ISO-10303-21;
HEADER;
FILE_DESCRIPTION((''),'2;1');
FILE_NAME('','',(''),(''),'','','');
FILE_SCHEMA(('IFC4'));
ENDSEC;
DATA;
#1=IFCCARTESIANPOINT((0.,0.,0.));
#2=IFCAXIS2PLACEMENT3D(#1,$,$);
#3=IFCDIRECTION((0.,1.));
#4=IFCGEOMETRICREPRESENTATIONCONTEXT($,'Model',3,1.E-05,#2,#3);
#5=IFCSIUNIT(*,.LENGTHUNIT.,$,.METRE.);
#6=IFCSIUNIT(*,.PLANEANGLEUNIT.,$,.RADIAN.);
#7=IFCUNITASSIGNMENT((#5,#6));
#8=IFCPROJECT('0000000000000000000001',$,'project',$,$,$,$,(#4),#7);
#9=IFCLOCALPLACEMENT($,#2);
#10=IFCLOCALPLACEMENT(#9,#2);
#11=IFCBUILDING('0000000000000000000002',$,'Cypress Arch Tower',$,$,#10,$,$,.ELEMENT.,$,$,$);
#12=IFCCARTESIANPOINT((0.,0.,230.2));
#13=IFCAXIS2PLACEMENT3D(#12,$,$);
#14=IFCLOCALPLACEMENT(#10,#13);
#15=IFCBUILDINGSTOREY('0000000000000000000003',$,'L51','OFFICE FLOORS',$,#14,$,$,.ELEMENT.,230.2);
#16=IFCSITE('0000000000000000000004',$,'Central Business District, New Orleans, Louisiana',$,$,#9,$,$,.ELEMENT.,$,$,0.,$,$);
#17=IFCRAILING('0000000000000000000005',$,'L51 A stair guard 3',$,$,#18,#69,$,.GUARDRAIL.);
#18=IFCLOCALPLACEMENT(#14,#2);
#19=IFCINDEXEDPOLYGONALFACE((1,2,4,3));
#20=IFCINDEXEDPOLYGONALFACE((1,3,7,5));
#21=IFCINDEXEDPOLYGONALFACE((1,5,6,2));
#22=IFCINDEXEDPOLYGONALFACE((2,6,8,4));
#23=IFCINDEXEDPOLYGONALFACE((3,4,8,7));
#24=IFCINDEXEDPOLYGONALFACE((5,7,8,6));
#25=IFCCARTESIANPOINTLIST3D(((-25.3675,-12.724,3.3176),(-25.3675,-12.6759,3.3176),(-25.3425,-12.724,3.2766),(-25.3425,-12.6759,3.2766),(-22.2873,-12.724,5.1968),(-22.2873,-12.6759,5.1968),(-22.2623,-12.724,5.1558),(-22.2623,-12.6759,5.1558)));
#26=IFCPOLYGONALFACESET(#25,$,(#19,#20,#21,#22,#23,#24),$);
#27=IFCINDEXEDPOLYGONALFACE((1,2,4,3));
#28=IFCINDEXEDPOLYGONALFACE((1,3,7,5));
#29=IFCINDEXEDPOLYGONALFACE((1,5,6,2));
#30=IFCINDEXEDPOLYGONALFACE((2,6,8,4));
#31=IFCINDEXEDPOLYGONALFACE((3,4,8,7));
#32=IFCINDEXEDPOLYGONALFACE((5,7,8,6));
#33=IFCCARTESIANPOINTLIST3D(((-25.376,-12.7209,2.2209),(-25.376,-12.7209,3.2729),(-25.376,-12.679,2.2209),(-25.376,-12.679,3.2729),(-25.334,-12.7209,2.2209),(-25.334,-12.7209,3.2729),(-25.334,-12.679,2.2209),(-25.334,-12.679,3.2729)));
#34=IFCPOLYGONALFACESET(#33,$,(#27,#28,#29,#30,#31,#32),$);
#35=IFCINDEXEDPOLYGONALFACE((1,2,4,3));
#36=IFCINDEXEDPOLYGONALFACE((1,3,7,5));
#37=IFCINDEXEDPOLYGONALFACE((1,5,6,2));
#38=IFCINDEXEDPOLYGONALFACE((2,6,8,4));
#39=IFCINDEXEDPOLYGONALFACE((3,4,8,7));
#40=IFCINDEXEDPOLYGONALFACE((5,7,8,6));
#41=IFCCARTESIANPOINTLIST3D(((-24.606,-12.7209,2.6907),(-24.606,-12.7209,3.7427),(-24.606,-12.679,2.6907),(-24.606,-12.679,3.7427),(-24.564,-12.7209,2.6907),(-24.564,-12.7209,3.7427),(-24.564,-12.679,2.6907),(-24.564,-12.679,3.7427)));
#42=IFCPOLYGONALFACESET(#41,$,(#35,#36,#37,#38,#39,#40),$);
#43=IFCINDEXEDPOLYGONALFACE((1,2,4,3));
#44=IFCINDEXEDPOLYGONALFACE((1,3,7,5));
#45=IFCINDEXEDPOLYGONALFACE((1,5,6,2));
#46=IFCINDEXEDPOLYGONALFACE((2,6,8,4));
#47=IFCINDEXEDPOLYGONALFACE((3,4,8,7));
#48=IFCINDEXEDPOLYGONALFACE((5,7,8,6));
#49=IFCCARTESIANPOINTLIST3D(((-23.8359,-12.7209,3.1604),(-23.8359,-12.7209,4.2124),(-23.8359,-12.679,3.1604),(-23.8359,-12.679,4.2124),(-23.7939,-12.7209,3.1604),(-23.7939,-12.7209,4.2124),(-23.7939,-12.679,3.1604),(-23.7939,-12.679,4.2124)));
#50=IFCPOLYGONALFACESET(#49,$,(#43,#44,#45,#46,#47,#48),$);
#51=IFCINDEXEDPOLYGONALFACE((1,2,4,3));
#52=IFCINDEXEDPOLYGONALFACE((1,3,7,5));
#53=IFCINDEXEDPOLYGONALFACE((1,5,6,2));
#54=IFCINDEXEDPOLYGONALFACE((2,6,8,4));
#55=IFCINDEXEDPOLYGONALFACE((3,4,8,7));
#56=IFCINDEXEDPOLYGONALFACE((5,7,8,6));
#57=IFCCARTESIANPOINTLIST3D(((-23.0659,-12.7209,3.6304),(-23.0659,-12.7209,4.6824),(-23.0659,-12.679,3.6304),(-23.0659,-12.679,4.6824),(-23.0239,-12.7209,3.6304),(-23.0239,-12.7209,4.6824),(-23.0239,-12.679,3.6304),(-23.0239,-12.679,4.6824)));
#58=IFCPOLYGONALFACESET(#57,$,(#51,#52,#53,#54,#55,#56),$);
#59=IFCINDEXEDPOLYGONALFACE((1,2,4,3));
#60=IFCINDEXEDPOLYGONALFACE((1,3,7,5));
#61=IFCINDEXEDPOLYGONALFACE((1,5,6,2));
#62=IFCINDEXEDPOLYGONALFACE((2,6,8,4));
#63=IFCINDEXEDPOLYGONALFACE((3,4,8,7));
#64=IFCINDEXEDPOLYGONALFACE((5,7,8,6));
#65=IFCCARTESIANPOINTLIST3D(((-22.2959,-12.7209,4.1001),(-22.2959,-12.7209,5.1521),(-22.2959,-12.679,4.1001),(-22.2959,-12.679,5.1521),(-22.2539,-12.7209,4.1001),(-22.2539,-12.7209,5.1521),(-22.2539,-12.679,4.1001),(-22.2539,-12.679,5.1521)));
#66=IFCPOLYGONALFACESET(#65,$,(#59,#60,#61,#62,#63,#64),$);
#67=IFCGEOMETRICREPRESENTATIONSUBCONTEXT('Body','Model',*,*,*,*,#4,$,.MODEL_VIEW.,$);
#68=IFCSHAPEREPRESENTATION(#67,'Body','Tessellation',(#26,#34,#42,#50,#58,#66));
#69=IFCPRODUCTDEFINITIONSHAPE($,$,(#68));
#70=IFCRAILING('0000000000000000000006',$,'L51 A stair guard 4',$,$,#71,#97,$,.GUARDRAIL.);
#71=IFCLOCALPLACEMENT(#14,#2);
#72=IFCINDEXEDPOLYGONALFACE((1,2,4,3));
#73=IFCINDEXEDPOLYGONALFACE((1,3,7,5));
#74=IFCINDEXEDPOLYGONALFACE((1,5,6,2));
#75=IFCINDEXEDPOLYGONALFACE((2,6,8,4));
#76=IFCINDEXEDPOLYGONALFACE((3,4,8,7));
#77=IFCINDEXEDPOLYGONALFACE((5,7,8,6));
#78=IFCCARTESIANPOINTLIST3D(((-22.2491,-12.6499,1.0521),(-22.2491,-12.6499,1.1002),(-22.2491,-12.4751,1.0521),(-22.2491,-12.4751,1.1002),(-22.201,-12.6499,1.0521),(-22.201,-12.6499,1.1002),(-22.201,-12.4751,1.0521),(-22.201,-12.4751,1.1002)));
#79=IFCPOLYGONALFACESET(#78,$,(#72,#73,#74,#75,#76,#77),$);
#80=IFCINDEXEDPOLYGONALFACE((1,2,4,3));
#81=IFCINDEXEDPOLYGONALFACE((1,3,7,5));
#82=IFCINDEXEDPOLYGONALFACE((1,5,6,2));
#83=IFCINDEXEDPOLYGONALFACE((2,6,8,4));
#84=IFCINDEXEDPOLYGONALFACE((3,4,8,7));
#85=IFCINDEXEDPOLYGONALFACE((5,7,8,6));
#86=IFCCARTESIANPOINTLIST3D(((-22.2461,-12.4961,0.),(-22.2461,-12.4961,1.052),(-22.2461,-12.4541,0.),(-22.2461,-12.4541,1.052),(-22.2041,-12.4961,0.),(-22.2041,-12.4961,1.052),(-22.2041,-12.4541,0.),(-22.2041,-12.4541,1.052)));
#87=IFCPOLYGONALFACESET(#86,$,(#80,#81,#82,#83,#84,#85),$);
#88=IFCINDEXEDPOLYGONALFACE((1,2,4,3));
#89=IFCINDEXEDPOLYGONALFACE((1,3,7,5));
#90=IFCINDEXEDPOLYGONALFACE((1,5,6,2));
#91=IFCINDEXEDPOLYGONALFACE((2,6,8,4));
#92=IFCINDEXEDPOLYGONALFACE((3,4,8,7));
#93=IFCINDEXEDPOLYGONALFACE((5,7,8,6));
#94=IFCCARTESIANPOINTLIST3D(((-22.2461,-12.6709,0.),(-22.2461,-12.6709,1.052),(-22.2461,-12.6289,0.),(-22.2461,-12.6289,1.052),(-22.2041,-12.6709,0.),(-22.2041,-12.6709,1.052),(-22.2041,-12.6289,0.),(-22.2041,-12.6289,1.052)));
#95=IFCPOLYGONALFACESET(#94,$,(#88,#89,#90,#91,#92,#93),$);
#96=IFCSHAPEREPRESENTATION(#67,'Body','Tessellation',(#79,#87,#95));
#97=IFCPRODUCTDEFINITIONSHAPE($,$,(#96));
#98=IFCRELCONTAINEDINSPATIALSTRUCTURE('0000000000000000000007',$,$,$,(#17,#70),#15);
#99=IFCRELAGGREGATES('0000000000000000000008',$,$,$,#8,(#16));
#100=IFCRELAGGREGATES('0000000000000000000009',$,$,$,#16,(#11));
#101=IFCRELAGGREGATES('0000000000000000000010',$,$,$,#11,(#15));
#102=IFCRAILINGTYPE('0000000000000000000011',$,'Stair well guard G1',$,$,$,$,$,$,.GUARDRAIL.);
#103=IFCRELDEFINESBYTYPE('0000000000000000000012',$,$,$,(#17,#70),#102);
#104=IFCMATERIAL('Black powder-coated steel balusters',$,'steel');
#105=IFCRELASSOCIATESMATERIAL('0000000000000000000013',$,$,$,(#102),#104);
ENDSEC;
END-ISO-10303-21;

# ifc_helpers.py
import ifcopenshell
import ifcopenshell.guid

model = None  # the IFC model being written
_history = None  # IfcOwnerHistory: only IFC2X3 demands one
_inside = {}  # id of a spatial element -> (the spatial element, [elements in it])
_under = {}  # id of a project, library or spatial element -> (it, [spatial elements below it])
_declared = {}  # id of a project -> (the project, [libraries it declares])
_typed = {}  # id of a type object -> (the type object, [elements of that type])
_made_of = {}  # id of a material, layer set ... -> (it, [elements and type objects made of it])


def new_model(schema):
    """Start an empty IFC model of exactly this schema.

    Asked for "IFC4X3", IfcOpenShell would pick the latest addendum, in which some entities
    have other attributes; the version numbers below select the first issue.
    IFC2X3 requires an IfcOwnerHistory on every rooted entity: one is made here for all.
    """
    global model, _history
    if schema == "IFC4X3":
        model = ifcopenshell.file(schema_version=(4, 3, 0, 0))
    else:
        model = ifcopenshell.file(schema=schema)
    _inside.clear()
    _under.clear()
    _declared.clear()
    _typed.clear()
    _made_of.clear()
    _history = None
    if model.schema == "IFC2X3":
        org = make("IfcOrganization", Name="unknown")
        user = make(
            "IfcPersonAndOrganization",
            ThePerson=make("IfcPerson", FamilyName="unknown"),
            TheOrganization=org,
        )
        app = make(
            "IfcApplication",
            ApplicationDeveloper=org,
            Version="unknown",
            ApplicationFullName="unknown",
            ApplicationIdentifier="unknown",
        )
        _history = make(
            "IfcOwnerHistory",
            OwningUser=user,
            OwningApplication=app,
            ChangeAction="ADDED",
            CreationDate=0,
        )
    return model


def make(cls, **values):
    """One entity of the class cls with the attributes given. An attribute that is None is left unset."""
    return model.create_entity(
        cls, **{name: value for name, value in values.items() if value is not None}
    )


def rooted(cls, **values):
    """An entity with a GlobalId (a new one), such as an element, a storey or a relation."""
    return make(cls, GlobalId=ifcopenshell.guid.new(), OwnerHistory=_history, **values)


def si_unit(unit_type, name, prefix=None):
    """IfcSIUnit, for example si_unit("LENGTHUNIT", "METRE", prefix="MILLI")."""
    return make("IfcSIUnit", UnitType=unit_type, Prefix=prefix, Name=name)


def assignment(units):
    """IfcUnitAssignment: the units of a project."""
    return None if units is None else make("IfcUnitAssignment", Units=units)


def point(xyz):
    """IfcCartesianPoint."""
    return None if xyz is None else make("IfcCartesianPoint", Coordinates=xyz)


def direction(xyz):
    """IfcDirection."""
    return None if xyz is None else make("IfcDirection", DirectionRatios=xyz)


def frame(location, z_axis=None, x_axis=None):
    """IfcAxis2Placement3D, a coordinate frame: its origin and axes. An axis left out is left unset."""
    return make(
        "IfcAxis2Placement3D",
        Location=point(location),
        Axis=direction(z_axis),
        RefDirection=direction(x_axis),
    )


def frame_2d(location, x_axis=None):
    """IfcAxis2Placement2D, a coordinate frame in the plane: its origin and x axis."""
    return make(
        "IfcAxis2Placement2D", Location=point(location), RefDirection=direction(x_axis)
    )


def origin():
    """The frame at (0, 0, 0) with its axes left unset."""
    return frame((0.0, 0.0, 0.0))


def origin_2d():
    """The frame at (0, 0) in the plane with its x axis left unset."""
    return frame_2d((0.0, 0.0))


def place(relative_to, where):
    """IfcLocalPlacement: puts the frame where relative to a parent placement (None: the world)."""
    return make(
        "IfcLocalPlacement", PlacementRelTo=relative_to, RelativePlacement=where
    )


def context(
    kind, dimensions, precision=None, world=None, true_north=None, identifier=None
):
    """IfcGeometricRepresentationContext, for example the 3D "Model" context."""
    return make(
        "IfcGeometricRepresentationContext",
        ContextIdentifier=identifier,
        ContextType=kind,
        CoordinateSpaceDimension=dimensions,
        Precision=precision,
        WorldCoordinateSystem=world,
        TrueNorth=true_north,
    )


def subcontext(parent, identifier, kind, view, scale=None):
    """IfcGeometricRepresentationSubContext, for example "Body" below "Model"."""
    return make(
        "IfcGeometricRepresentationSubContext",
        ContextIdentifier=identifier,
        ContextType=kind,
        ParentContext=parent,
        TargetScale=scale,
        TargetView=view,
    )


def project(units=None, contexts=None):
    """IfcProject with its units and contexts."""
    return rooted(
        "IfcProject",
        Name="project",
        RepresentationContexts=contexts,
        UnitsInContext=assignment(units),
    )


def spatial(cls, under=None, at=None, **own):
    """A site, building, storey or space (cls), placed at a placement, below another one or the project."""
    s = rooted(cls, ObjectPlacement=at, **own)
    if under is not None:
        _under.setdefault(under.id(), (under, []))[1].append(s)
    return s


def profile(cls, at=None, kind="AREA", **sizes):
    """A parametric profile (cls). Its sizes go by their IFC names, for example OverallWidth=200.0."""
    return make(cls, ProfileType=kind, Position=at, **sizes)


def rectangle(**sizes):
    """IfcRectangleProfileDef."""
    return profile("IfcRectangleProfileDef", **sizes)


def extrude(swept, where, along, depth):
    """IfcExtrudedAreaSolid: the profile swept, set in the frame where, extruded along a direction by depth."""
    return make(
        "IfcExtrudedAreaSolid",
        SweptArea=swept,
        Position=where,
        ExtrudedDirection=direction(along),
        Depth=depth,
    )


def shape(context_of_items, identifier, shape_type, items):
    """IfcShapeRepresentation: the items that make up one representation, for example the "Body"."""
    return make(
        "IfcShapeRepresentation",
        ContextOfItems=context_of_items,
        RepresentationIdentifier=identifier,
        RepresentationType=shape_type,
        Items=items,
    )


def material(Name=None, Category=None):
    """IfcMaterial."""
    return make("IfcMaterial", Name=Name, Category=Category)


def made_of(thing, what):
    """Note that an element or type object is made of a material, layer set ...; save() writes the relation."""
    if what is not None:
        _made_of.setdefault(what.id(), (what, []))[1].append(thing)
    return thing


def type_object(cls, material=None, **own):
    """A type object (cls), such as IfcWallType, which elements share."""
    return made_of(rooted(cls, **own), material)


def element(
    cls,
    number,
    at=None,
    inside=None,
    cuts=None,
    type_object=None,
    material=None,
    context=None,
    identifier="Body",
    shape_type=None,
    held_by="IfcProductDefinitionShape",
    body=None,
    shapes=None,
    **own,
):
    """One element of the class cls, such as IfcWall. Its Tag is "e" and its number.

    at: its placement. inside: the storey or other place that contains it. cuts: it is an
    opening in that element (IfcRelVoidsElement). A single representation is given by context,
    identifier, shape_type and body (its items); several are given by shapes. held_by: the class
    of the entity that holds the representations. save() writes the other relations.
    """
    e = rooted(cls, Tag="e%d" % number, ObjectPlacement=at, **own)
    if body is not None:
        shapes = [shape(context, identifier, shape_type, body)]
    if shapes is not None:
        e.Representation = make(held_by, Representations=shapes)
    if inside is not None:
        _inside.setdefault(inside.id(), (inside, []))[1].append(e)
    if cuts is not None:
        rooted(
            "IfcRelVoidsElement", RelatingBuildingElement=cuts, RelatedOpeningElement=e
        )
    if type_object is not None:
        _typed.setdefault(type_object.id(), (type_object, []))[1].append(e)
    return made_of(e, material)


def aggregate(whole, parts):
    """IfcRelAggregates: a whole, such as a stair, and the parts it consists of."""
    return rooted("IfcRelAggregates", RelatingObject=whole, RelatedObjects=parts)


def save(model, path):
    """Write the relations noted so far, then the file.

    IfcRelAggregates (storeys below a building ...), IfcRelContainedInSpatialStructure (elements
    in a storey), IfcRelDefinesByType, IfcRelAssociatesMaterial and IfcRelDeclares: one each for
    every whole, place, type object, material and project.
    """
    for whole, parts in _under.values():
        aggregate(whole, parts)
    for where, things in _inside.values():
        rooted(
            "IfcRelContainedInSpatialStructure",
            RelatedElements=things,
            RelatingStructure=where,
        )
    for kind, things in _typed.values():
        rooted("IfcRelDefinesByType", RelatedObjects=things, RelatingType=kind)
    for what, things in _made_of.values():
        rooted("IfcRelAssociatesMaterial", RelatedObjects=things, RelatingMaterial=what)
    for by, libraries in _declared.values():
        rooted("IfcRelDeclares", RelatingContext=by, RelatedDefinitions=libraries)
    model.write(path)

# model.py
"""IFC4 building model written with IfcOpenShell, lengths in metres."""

from ifc_helpers import new_model, si_unit, direction, frame, origin, origin_2d, place, context, subcontext, project, spatial, rectangle, extrude, material, type_object, element, save


model = new_model("IFC4")

# Units and contexts
model_context = context("Model", 3, precision=1e-05, world=origin(), true_north=direction((0.0, 1.0)))
body_context = subcontext(model_context, "Body", "Model", "MODEL_VIEW")
ifc_project = project(units=[si_unit("LENGTHUNIT", "METRE"), si_unit("PLANEANGLEUNIT", "RADIAN")], contexts=[model_context])

# Site, building, storey
site_placement = place(None, origin())
site = spatial("IfcSite", under=ifc_project, at=site_placement, Name="Central Business District, New Orleans, Louisiana", CompositionType="ELEMENT", RefElevation=0.0)
building_placement = place(site_placement, origin())
building = spatial("IfcBuilding", under=site, at=building_placement, Name="Cypress Arch Tower", CompositionType="ELEMENT")
storey_placement = place(building_placement, frame((0.0, 0.0, 230.2)))
storey = spatial("IfcBuildingStorey", under=building, at=storey_placement, Name="L51", Description="OFFICE FLOORS", CompositionType="ELEMENT", Elevation=230.2)

# Railings
ifc_material_1 = material(Name="Black powder-coated steel balusters", Category="steel")
railing_type_1 = type_object("IfcRailingType", Name="Stair well guard G1", PredefinedType="GUARDRAIL", material=ifc_material_1)
railing_1_placement = place(storey_placement, frame((-25.355, -12.7, 2.2209)))
element("IfcRailing", 1, at=railing_1_placement, inside=storey, type_object=railing_type_1, Name="L51 A stair guard 3", PredefinedType="GUARDRAIL", context=body_context, shape_type="SweptSolid", body=[
    extrude(rectangle(XDim=0.0481, YDim=0.0481, at=origin_2d()), frame((0.0, 0.0, 1.0762), z_axis=(0.853666, 0.0, 0.52082), x_axis=(0.0, 1.0, 0.0)), (0.0, 0.0, 1.0), 3.6082),
    extrude(rectangle(XDim=0.042, YDim=0.042, at=origin_2d()), origin(), (0.0, 0.0, 1.0), 1.052),
    extrude(rectangle(XDim=0.042, YDim=0.042, at=origin_2d()), frame((0.77, 0.0, 0.4697)), (0.0, 0.0, 1.0), 1.052),
    extrude(rectangle(XDim=0.042, YDim=0.042, at=origin_2d()), frame((1.54, 0.0, 0.9395)), (0.0, 0.0, 1.0), 1.052),
    extrude(rectangle(XDim=0.042, YDim=0.042, at=origin_2d()), frame((2.3101, 0.0, 1.4094)), (0.0, 0.0, 1.0), 1.052),
    extrude(rectangle(XDim=0.042, YDim=0.042, at=origin_2d()), frame((3.0801, 0.0, 1.8792)), (0.0, 0.0, 1.0), 1.052),
])
railing_2_placement = place(storey_placement, frame((-22.2251, -12.4751, 0.0)))
element("IfcRailing", 2, at=railing_2_placement, inside=storey, type_object=railing_type_1, Name="L51 A stair guard 4", PredefinedType="GUARDRAIL", context=body_context, shape_type="SweptSolid", body=[
    extrude(rectangle(XDim=0.0481, YDim=0.0481, at=origin_2d()), frame((0.0, 0.0, 1.0762), z_axis=(0.0, -1.0, 0.0), x_axis=(1.0, 0.0, 0.0)), (0.0, 0.0, 1.0), 0.1748),
    extrude(rectangle(XDim=0.042, YDim=0.042, at=origin_2d()), origin(), (0.0, 0.0, 1.0), 1.052),
    extrude(rectangle(XDim=0.042, YDim=0.042, at=origin_2d()), frame((0.0, -0.1748, 0.0)), (0.0, 0.0, 1.0), 1.052),
])

save(model, "model.ifc")
